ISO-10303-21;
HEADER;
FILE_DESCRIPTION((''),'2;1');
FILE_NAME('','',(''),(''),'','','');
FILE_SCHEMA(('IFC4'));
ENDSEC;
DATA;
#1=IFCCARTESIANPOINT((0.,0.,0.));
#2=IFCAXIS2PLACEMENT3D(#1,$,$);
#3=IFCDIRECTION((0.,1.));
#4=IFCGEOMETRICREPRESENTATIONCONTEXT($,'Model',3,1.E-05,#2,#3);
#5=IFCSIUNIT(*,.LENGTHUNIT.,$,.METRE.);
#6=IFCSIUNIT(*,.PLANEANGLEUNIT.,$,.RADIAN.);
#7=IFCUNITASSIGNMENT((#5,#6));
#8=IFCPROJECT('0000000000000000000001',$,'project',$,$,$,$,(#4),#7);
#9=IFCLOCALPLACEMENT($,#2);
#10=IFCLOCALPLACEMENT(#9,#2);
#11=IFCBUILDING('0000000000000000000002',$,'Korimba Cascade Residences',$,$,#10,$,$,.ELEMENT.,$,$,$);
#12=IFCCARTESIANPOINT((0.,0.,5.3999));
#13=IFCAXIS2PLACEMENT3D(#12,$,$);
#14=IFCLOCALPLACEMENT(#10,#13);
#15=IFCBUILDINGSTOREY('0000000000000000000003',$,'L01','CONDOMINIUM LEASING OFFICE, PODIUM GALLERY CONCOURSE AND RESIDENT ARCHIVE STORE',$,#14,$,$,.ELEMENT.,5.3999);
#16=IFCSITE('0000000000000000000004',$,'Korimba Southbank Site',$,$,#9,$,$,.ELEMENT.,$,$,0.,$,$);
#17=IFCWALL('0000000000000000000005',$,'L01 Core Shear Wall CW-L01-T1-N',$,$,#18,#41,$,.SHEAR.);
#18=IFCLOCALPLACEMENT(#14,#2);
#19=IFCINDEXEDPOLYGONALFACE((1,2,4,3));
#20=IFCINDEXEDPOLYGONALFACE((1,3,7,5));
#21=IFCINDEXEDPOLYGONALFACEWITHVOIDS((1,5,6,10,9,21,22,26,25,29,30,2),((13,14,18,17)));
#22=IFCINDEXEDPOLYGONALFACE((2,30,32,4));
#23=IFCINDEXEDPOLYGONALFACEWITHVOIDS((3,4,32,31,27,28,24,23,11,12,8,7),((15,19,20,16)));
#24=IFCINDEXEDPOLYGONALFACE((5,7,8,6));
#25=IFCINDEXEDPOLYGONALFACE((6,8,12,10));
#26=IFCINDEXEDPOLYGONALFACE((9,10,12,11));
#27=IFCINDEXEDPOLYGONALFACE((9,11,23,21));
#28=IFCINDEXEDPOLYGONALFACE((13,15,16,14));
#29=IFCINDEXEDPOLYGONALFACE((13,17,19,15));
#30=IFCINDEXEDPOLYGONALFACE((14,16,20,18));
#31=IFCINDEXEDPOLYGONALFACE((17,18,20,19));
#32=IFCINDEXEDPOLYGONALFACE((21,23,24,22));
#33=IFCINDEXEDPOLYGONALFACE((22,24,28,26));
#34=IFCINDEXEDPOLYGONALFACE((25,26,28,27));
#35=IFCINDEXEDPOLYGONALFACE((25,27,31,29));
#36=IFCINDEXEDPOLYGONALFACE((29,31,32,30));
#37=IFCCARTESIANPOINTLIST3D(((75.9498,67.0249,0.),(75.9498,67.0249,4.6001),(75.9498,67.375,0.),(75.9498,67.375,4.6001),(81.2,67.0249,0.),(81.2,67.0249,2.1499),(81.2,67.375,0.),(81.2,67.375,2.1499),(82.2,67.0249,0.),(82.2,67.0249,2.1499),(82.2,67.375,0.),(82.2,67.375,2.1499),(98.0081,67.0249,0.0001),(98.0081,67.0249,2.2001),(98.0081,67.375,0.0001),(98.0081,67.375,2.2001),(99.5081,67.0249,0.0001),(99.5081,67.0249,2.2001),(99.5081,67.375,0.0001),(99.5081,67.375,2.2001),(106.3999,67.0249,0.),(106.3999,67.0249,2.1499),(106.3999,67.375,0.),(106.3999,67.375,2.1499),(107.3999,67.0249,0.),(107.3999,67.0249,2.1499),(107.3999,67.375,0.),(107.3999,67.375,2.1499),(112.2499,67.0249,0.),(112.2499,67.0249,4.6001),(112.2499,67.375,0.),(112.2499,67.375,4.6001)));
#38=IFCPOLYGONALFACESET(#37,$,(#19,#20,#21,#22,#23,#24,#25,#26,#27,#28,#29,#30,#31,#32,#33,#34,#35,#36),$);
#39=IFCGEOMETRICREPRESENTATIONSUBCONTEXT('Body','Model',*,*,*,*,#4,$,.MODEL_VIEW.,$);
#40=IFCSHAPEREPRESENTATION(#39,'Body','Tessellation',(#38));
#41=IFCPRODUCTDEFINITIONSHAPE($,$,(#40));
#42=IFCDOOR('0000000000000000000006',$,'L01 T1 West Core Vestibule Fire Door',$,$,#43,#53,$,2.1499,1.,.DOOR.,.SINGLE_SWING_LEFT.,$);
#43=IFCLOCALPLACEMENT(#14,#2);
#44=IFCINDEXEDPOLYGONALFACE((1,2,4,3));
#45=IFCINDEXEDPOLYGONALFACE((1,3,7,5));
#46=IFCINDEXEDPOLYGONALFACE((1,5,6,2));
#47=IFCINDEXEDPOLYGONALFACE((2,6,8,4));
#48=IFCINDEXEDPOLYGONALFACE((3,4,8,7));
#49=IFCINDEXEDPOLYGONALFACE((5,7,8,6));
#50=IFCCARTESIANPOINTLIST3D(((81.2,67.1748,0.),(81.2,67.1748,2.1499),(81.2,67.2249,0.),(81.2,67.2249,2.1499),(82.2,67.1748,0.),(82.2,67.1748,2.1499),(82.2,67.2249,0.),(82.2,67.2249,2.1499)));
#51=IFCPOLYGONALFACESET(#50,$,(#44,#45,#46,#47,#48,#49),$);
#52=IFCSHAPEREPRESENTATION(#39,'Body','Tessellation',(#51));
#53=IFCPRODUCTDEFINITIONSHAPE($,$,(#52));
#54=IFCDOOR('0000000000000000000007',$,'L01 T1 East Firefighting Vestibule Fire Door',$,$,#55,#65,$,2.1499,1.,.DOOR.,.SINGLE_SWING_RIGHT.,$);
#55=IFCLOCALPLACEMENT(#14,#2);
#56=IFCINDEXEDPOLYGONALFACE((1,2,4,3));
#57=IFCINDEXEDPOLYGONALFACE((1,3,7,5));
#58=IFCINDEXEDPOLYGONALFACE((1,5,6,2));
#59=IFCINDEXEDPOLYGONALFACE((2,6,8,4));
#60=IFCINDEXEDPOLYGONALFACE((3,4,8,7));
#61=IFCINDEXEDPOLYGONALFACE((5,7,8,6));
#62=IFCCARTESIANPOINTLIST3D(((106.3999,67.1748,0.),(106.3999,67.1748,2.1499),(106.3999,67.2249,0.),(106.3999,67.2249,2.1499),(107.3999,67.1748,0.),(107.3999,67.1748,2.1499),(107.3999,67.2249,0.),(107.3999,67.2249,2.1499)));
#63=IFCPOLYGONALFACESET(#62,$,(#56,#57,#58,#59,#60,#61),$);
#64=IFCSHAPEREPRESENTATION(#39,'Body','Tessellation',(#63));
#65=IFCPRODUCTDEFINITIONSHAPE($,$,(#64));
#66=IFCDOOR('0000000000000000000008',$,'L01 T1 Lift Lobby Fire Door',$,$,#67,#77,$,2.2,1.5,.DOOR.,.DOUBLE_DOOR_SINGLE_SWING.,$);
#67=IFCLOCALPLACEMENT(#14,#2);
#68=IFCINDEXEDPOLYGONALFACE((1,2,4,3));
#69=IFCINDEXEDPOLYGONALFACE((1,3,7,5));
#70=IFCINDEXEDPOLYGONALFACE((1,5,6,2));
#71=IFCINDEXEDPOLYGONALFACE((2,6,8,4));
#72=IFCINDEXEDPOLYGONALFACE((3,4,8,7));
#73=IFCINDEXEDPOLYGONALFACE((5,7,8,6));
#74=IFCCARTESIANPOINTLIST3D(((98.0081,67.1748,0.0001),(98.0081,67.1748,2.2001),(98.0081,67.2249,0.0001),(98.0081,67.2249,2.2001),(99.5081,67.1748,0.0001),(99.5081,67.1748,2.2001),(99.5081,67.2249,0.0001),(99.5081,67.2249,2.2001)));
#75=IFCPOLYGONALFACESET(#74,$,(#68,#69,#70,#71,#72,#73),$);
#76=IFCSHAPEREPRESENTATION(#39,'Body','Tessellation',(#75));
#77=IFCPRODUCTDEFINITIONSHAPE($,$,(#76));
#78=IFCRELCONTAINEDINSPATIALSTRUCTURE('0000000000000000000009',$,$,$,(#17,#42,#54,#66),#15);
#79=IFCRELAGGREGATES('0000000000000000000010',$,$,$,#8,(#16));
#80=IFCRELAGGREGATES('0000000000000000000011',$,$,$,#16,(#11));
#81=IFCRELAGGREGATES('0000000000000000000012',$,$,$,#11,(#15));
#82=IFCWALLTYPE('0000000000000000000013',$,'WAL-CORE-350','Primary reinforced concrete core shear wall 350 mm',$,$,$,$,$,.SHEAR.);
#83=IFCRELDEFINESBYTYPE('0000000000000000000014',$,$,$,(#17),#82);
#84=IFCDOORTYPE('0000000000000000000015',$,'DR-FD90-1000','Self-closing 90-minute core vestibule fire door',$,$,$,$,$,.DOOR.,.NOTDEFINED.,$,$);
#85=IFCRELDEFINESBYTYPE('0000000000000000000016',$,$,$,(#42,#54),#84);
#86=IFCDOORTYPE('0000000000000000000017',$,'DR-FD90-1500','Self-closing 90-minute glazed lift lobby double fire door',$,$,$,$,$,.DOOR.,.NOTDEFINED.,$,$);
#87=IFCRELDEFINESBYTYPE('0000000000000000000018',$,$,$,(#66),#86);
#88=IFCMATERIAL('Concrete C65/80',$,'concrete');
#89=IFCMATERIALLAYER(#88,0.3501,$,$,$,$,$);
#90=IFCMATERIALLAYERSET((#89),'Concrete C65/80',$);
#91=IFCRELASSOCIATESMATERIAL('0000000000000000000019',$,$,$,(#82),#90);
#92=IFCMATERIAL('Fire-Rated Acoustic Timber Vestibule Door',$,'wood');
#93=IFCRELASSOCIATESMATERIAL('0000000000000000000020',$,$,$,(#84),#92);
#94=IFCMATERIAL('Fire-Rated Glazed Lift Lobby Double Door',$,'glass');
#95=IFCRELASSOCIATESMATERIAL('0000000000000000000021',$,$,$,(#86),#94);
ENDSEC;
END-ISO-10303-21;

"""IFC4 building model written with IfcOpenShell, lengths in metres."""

from ifc_helpers import new_model, si_unit, direction, frame, frame_2d, origin, place, context, subcontext, project, spatial, rectangle, extrude, material, layer, layer_set, type_object, element, fill, save


model = new_model("IFC4")

# Units and contexts
model_context = context("Model", 3, precision=1e-05, world=origin(), true_north=direction((0.0, 1.0)))
body_context = subcontext(model_context, "Body", "Model", "MODEL_VIEW")
ifc_project = project(units=[si_unit("LENGTHUNIT", "METRE"), si_unit("PLANEANGLEUNIT", "RADIAN")], contexts=[model_context])

# Site, building, storey
site_placement = place(None, origin())
site = spatial("IfcSite", under=ifc_project, at=site_placement, Name="Korimba Southbank Site", CompositionType="ELEMENT", RefElevation=0.0)
building_placement = place(site_placement, origin())
building = spatial("IfcBuilding", under=site, at=building_placement, Name="Korimba Cascade Residences", CompositionType="ELEMENT")
storey_placement = place(building_placement, frame((0.0, 0.0, 5.3999)))
storey = spatial("IfcBuildingStorey", under=building, at=storey_placement, Name="L01", Description="CONDOMINIUM LEASING OFFICE, PODIUM GALLERY CONCOURSE AND RESIDENT ARCHIVE STORE", CompositionType="ELEMENT", Elevation=5.3999)

# Wall, openings, doors
ifc_material_1 = material(Name="Concrete C65/80", Category="concrete")
ifc_layer_1 = layer(ifc_material_1, 0.3501)
ifc_layer_set_1 = layer_set([ifc_layer_1], Name="Concrete C65/80")
wall_type_1 = type_object("IfcWallType", Name="WAL-CORE-350", Description="Primary reinforced concrete core shear wall 350 mm", PredefinedType="SHEAR", material=ifc_layer_set_1)
wall_1_placement = place(storey_placement, frame((75.95, 67.2, 0.0), z_axis=(0.0, 0.0, 1.0), x_axis=(1.0, 0.0, 0.0)))
wall_1 = element("IfcWall", 1, at=wall_1_placement, inside=storey, type_object=wall_type_1, Name="L01 Core Shear Wall CW-L01-T1-N", PredefinedType="SHEAR", context=body_context, shape_type="SweptSolid", body=[
    extrude(rectangle(XDim=36.3, YDim=0.3501, at=frame_2d((18.1499, 0.0))), origin(), (0.0, 0.0, 1.0), 4.6001),
])
opening_1_placement = place(wall_1_placement, frame((5.25, 0.0, 0.0)))
opening_1 = element("IfcOpeningElement", 2, at=opening_1_placement, cuts=wall_1, PredefinedType="OPENING", context=body_context, shape_type="SweptSolid", body=[
    extrude(rectangle(XDim=1.0, YDim=2.1499, at=frame_2d((0.5, 1.075))), frame((0.0, 0.1851, 0.0), z_axis=(0.0, -1.0, 0.0), x_axis=(1.0, 0.0, 0.0)), (0.0, 0.0, 1.0), 0.3701),
])
opening_2_placement = place(wall_1_placement, frame((22.0581, 0.0, 0.0)))
opening_2 = element("IfcOpeningElement", 3, at=opening_2_placement, cuts=wall_1, PredefinedType="OPENING", context=body_context, shape_type="SweptSolid", body=[
    extrude(rectangle(XDim=1.5, YDim=2.2, at=frame_2d((0.75, 1.1001))), frame((0.0, 0.1851, 0.0), z_axis=(0.0, -1.0, 0.0), x_axis=(1.0, 0.0, 0.0)), (0.0, 0.0, 1.0), 0.3701),
])
opening_3_placement = place(wall_1_placement, frame((30.45, 0.0, 0.0)))
opening_3 = element("IfcOpeningElement", 4, at=opening_3_placement, cuts=wall_1, PredefinedType="OPENING", context=body_context, shape_type="SweptSolid", body=[
    extrude(rectangle(XDim=1.0, YDim=2.1499, at=frame_2d((0.5, 1.075))), frame((0.0, 0.1851, 0.0), z_axis=(0.0, -1.0, 0.0), x_axis=(1.0, 0.0, 0.0)), (0.0, 0.0, 1.0), 0.3701),
])
ifc_material_2 = material(Name="Fire-Rated Acoustic Timber Vestibule Door", Category="wood")
door_type_1 = type_object("IfcDoorType", Name="DR-FD90-1000", Description="Self-closing 90-minute core vestibule fire door", OperationType="NOTDEFINED", PredefinedType="DOOR", material=ifc_material_2)
door_1_placement = place(opening_1_placement, origin())
door_1 = element("IfcDoor", 5, at=door_1_placement, inside=storey, type_object=door_type_1, Name="L01 T1 West Core Vestibule Fire Door", OperationType="SINGLE_SWING_LEFT", OverallHeight=2.1499, OverallWidth=1.0, PredefinedType="DOOR", context=body_context, shape_type="SweptSolid", body=[
    extrude(rectangle(XDim=1.0, YDim=2.1499, at=frame_2d((0.5, 1.075))), frame((0.0, 0.0249, 0.0), z_axis=(0.0, -1.0, 0.0), x_axis=(1.0, 0.0, 0.0)), (0.0, 0.0, 1.0), 0.05),
])
fill(opening_1, door_1)
door_2_placement = place(opening_3_placement, origin())
door_2 = element("IfcDoor", 6, at=door_2_placement, inside=storey, type_object=door_type_1, Name="L01 T1 East Firefighting Vestibule Fire Door", OperationType="SINGLE_SWING_RIGHT", OverallHeight=2.1499, OverallWidth=1.0, PredefinedType="DOOR", context=body_context, shape_type="SweptSolid", body=[
    extrude(rectangle(XDim=1.0, YDim=2.1499, at=frame_2d((0.5, 1.075))), frame((0.0, 0.0249, 0.0), z_axis=(0.0, -1.0, 0.0), x_axis=(1.0, 0.0, 0.0)), (0.0, 0.0, 1.0), 0.05),
])
fill(opening_3, door_2)
ifc_material_3 = material(Name="Fire-Rated Glazed Lift Lobby Double Door", Category="glass")
door_type_2 = type_object("IfcDoorType", Name="DR-FD90-1500", Description="Self-closing 90-minute glazed lift lobby double fire door", OperationType="NOTDEFINED", PredefinedType="DOOR", material=ifc_material_3)
door_3_placement = place(opening_2_placement, origin())
door_3 = element("IfcDoor", 7, at=door_3_placement, inside=storey, type_object=door_type_2, Name="L01 T1 Lift Lobby Fire Door", OperationType="DOUBLE_DOOR_SINGLE_SWING", OverallHeight=2.2, OverallWidth=1.5, PredefinedType="DOOR", context=body_context, shape_type="SweptSolid", body=[
    extrude(rectangle(XDim=1.5, YDim=2.2, at=frame_2d((0.75, 1.1001))), frame((0.0, 0.0249, 0.0), z_axis=(0.0, -1.0, 0.0), x_axis=(1.0, 0.0, 0.0)), (0.0, 0.0, 1.0), 0.05),
])
fill(opening_2, door_3)

save(model, "model.ifc")
